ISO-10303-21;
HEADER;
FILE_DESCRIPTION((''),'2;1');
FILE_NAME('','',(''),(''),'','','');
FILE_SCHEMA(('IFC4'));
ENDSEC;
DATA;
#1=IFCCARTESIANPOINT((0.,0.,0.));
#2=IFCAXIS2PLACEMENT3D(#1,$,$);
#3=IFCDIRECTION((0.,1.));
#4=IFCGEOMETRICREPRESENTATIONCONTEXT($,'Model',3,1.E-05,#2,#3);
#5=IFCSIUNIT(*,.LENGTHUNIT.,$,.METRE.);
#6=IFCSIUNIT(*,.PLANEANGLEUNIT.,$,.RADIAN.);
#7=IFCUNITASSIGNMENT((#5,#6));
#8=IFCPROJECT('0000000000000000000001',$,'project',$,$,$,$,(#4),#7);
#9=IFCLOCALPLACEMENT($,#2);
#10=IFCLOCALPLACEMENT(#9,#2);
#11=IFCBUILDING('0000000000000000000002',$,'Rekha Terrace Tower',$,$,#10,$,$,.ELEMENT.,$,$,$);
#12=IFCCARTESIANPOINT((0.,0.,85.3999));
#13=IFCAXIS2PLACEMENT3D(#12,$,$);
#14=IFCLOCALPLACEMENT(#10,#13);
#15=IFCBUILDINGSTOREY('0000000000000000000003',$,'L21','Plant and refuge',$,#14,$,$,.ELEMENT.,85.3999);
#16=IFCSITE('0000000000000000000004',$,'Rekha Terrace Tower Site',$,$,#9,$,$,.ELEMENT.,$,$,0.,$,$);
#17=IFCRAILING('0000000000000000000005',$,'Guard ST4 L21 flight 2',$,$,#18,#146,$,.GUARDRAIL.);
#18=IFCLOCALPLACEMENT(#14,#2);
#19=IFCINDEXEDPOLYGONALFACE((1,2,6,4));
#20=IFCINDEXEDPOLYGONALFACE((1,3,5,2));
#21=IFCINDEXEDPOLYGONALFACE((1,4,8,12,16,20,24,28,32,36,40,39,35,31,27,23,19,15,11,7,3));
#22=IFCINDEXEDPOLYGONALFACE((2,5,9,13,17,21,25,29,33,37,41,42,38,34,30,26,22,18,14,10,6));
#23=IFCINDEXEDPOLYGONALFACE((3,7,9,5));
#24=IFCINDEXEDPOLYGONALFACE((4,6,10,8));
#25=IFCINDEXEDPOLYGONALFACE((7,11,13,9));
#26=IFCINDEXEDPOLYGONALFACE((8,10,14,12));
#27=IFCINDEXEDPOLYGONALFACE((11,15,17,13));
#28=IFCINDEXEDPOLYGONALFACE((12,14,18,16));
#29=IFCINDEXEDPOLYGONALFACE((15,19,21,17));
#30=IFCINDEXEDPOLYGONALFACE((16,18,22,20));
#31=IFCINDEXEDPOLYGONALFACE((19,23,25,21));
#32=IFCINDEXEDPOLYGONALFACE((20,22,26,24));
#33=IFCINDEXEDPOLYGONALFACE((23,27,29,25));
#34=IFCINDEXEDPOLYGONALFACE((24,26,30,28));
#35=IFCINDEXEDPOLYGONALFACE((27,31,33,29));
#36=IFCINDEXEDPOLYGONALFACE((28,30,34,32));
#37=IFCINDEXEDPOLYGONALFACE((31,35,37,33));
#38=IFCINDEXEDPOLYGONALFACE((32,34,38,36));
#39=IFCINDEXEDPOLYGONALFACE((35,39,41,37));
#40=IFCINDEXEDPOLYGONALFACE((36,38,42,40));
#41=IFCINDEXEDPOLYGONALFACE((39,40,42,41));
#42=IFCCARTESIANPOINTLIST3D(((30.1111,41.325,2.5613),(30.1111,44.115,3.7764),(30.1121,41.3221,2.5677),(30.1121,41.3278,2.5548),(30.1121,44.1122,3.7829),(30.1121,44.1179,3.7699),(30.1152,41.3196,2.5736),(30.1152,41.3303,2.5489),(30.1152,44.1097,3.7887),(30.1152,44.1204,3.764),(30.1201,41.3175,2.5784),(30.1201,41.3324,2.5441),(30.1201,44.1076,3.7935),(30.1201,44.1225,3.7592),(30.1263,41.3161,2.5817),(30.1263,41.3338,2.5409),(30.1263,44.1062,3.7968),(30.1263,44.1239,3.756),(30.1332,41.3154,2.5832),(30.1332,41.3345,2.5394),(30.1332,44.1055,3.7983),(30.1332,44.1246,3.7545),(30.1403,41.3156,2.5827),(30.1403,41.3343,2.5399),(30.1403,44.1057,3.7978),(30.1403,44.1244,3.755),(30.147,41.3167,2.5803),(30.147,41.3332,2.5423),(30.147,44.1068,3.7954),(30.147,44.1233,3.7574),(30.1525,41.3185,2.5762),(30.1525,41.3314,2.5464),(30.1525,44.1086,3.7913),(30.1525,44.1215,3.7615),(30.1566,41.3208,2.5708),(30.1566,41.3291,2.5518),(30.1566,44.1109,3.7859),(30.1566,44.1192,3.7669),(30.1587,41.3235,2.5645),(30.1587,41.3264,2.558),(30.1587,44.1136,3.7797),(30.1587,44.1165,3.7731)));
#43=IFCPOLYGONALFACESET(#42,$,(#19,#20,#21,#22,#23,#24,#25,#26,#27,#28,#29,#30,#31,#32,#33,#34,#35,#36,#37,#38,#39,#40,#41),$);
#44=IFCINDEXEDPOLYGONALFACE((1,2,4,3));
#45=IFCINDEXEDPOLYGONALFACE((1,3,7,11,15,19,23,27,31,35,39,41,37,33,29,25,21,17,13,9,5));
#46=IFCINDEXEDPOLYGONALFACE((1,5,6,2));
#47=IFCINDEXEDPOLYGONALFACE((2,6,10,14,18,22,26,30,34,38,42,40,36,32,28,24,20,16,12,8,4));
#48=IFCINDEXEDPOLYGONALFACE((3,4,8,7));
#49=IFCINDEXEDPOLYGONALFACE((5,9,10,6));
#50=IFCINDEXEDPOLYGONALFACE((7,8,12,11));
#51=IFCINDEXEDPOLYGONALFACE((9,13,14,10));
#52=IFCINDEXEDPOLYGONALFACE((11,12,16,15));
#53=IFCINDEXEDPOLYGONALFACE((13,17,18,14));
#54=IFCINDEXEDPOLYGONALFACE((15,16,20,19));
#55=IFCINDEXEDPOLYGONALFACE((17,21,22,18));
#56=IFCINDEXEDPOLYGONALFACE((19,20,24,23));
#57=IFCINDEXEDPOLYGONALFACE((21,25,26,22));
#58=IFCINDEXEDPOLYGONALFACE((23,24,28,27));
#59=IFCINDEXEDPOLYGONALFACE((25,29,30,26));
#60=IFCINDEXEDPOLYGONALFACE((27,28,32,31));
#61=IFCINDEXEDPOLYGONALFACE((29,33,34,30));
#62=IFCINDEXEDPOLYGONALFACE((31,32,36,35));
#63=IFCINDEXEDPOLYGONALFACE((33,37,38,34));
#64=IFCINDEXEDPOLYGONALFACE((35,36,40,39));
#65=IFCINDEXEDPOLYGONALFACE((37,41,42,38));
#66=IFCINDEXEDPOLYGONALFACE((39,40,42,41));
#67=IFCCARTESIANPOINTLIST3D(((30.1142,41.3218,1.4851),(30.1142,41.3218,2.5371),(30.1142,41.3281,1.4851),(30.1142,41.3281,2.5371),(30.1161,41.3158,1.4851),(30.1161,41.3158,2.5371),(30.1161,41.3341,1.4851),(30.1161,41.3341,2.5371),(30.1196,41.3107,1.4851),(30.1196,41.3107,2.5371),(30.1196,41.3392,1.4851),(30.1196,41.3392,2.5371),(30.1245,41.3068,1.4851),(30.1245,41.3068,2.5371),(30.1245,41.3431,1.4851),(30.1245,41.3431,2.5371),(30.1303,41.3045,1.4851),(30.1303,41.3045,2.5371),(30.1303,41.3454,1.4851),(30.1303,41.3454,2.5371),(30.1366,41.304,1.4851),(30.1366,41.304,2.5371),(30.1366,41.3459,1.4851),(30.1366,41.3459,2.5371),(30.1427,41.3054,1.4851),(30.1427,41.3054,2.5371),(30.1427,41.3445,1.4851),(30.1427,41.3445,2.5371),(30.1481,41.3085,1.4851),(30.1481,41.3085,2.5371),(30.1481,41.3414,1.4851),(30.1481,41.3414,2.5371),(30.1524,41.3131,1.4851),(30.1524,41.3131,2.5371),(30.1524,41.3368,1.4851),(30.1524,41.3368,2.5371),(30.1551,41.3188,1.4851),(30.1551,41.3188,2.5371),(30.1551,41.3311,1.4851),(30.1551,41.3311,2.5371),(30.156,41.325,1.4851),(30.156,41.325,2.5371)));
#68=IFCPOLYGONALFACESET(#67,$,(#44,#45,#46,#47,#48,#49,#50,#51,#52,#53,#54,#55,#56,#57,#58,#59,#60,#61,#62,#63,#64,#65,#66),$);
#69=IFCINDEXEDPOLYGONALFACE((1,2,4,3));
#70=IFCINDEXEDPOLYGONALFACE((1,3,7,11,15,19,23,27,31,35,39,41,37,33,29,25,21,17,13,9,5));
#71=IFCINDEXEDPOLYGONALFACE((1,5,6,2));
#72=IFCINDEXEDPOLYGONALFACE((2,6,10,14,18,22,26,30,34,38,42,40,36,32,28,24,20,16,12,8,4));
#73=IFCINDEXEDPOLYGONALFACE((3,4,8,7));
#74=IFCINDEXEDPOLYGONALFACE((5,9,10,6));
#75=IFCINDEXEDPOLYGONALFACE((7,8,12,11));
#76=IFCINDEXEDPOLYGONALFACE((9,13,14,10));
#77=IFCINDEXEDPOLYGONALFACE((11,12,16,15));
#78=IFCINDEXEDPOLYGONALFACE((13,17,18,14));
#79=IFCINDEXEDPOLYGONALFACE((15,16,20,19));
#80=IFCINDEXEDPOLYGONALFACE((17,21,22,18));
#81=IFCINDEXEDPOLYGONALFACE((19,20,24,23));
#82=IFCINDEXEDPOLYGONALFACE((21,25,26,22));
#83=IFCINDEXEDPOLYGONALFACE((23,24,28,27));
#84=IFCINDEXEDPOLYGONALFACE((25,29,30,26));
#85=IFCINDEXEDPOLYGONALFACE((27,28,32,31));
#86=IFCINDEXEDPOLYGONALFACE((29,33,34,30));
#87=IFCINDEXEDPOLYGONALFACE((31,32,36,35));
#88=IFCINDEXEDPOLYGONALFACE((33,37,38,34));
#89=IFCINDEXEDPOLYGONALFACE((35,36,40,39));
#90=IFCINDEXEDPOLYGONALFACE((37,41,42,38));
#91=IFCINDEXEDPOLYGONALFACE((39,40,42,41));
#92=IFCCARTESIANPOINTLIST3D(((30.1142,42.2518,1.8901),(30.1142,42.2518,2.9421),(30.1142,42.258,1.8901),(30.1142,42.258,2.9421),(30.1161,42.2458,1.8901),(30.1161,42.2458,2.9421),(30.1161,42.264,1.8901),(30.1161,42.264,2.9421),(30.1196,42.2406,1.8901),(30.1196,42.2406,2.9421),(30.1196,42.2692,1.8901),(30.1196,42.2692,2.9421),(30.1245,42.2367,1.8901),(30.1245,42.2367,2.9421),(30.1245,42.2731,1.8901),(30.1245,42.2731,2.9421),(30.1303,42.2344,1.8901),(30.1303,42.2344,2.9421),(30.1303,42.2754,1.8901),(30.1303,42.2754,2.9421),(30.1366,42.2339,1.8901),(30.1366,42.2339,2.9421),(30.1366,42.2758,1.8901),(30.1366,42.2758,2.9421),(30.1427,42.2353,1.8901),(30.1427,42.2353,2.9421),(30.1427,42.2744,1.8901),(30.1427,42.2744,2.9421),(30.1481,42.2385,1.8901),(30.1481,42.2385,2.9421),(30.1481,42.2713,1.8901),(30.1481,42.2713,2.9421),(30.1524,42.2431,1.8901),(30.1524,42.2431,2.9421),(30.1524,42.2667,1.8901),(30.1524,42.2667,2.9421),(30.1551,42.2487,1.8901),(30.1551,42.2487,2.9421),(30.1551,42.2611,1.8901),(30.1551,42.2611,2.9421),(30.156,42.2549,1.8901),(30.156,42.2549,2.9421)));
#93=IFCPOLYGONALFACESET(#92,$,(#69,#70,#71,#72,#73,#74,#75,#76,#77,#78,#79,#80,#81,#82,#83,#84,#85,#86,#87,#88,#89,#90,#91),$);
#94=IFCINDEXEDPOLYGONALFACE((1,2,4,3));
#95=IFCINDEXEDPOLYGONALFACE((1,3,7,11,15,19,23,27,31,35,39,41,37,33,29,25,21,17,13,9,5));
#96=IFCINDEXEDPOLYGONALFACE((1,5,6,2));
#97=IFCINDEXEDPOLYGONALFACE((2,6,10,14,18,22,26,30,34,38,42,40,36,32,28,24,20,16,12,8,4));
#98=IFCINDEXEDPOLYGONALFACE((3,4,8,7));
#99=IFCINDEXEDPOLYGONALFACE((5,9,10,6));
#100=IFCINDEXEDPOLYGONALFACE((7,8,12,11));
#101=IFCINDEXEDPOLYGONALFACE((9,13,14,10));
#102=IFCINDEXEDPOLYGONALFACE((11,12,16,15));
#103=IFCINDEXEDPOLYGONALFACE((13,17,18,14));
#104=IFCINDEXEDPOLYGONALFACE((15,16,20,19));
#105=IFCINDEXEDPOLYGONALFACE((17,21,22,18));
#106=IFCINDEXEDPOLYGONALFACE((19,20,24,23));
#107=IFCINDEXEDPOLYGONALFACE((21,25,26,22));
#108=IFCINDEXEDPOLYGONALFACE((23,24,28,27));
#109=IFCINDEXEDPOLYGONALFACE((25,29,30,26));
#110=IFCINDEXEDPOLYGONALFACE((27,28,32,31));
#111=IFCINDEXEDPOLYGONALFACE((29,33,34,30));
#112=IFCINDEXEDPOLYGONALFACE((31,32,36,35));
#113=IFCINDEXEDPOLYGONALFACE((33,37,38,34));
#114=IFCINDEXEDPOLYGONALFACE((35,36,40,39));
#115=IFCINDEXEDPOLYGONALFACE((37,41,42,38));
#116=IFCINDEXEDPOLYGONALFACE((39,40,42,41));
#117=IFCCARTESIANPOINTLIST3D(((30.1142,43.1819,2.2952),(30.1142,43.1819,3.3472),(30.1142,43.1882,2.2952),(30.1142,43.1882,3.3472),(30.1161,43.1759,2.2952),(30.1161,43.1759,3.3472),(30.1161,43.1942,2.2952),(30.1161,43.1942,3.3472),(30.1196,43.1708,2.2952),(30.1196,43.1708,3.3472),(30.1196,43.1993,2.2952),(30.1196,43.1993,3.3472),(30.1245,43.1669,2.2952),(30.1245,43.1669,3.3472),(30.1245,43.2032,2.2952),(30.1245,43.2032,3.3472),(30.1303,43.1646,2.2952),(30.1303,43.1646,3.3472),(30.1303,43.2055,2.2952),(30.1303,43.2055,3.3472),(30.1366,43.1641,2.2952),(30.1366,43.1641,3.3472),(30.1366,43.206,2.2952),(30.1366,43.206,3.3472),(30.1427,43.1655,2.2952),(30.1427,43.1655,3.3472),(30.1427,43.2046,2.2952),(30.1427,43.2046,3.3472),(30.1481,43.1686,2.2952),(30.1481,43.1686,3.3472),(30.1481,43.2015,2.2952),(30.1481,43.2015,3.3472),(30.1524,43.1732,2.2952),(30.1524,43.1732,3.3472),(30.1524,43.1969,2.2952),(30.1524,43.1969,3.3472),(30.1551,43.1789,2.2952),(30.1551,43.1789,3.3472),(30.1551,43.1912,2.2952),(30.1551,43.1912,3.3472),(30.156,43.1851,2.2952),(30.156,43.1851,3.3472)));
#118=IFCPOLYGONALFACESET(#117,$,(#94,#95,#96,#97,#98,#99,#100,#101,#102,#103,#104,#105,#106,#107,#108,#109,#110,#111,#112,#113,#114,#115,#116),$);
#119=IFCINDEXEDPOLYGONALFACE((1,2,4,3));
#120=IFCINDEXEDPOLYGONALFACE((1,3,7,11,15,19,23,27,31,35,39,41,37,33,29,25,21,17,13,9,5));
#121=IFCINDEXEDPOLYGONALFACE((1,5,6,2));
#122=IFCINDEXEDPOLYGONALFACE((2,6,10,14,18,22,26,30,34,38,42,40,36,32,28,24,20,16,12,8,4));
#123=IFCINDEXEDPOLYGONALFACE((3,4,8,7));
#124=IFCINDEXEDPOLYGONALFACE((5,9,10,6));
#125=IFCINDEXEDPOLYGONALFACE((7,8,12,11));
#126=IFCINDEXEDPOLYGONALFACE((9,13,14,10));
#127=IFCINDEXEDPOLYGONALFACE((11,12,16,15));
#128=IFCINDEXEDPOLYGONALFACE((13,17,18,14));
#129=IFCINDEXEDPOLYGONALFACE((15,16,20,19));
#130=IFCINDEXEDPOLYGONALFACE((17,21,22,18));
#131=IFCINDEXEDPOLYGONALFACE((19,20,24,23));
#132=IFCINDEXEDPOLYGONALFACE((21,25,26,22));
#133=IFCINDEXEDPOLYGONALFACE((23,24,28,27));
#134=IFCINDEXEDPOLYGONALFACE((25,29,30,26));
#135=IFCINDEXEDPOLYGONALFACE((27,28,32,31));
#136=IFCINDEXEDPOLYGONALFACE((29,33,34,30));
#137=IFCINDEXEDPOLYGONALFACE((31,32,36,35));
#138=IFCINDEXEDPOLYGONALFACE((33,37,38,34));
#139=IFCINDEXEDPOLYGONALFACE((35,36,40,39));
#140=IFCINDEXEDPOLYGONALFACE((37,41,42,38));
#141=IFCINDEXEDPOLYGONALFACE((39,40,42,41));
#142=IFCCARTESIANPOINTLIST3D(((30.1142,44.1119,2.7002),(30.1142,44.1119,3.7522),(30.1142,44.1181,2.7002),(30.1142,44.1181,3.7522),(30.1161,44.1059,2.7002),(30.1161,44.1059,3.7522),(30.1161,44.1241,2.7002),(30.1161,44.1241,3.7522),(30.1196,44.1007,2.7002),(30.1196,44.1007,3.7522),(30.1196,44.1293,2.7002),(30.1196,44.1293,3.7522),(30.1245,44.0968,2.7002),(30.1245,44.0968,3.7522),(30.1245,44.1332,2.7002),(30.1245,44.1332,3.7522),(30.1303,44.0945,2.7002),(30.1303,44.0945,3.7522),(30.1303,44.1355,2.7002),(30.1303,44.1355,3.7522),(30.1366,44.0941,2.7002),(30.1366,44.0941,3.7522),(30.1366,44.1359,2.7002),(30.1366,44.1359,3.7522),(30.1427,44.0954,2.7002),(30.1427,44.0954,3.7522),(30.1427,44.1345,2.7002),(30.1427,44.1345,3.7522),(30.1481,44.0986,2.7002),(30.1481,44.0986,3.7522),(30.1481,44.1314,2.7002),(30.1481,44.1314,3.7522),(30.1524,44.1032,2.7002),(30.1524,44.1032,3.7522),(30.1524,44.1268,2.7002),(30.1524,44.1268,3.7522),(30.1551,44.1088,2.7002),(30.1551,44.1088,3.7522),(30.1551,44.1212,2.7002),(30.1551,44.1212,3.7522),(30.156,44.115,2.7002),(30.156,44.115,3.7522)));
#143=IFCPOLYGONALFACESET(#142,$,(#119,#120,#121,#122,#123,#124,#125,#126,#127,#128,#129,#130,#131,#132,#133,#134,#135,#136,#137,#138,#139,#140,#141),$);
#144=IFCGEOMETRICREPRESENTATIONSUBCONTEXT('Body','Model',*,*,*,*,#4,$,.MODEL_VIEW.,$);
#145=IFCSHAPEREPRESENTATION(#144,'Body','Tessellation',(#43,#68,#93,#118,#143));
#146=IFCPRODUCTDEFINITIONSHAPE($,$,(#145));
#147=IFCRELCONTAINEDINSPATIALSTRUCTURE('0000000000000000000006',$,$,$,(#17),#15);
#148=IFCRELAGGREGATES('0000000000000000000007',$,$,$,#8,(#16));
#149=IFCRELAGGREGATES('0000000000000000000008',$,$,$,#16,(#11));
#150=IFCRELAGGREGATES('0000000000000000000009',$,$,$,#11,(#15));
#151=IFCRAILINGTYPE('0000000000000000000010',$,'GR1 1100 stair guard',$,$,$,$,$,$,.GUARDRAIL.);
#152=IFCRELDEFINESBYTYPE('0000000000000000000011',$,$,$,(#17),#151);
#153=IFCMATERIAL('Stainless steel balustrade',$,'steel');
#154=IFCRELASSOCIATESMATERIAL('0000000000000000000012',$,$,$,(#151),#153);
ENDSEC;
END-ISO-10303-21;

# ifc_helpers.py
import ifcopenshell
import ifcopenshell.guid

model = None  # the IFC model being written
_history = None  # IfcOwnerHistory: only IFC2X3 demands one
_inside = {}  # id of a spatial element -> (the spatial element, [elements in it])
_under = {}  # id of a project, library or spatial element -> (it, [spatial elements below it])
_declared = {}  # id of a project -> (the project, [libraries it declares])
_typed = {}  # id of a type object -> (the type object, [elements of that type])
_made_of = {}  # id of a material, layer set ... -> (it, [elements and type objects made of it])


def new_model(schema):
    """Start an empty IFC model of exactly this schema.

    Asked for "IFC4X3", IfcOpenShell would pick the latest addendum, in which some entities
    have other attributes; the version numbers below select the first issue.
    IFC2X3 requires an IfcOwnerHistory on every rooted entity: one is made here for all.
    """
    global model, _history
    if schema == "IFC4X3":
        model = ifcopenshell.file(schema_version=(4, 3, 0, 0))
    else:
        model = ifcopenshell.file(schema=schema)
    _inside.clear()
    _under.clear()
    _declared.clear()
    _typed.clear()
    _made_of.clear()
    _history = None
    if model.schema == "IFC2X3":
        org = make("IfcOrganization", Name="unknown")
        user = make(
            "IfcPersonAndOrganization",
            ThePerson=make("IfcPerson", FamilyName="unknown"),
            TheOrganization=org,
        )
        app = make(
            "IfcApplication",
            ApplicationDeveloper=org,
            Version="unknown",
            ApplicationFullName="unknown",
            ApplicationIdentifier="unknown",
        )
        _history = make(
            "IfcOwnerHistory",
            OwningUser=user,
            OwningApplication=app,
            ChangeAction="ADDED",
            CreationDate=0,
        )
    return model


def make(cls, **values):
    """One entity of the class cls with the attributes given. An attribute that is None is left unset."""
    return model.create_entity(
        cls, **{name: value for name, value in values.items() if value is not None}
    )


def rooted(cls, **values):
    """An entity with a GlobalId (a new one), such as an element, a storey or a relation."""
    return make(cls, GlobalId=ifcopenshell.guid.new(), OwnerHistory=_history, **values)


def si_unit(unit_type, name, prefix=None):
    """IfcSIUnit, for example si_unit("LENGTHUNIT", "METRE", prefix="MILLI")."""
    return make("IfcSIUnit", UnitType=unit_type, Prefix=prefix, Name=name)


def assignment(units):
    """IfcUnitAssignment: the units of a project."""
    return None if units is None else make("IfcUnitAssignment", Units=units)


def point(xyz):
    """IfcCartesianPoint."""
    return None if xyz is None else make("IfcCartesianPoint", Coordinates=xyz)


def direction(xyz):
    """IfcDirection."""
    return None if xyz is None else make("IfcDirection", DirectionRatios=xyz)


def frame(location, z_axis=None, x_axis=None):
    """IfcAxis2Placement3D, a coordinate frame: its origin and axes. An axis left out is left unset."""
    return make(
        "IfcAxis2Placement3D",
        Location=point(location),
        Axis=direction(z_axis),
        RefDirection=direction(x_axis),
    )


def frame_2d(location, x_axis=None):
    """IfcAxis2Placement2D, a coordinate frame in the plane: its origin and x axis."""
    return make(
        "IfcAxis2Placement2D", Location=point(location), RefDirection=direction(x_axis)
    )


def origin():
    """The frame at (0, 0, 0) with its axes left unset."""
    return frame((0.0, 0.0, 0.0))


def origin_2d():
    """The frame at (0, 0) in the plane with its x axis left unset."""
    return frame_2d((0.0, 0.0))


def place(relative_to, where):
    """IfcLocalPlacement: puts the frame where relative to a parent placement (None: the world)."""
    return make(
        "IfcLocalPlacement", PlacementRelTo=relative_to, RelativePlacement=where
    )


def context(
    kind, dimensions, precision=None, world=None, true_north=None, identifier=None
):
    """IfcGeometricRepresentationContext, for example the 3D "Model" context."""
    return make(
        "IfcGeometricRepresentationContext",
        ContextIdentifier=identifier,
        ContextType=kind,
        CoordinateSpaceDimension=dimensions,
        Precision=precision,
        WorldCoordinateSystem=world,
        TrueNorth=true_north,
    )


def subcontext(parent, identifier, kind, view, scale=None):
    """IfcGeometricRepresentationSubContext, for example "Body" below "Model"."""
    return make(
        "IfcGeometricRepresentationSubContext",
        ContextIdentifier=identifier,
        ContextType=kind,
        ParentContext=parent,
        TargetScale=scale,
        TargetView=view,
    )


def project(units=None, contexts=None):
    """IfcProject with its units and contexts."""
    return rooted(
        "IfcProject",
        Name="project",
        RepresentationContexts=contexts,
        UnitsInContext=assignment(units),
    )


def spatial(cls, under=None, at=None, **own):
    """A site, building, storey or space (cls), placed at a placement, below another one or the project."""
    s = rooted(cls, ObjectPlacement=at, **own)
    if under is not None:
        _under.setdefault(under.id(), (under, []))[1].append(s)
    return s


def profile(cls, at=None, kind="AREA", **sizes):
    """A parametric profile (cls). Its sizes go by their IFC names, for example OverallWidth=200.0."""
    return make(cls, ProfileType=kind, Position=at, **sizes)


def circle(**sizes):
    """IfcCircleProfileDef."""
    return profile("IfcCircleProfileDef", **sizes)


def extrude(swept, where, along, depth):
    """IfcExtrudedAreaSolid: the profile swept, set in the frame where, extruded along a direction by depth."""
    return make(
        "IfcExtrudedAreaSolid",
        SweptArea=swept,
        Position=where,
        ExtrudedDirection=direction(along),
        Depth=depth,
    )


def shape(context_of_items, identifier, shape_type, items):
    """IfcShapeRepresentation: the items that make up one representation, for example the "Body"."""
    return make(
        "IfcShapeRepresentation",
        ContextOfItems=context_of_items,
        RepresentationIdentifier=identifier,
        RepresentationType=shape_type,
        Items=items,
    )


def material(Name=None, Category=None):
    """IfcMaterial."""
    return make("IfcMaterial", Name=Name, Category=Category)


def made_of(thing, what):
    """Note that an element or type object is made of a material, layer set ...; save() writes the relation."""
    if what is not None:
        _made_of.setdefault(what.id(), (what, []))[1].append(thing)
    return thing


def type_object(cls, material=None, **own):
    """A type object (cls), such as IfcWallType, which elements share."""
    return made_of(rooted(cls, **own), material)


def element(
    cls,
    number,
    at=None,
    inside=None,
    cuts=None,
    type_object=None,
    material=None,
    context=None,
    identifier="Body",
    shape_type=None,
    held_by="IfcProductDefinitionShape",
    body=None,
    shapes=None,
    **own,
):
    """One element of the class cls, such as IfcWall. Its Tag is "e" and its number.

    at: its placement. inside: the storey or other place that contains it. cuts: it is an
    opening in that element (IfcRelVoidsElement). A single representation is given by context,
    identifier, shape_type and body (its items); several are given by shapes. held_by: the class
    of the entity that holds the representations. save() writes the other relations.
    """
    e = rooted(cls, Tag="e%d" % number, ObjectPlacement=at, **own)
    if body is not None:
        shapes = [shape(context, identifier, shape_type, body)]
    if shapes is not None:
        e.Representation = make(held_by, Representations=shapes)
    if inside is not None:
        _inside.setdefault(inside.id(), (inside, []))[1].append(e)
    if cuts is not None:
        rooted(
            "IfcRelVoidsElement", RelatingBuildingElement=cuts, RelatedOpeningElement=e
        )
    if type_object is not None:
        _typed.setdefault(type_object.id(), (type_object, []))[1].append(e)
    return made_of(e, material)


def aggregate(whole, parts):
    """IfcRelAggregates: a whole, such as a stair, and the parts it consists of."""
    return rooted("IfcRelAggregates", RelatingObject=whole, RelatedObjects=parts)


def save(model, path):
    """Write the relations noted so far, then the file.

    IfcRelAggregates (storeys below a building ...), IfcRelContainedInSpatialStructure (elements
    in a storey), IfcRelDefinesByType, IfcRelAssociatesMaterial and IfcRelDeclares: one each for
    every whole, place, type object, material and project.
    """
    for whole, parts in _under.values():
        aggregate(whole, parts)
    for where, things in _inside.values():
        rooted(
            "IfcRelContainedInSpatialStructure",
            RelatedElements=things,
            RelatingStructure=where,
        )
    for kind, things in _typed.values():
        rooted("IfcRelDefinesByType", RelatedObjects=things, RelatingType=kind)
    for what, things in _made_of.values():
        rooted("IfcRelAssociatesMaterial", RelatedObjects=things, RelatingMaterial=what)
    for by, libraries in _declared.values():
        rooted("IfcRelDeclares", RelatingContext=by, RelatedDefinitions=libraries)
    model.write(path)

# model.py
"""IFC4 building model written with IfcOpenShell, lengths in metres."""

from ifc_helpers import new_model, si_unit, direction, frame, origin, origin_2d, place, context, subcontext, project, spatial, circle, extrude, material, type_object, element, save


model = new_model("IFC4")

# Units and contexts
model_context = context("Model", 3, precision=1e-05, world=origin(), true_north=direction((0.0, 1.0)))
body_context = subcontext(model_context, "Body", "Model", "MODEL_VIEW")
ifc_project = project(units=[si_unit("LENGTHUNIT", "METRE"), si_unit("PLANEANGLEUNIT", "RADIAN")], contexts=[model_context])

# Site, building, storey
site_placement = place(None, origin())
site = spatial("IfcSite", under=ifc_project, at=site_placement, Name="Rekha Terrace Tower Site", CompositionType="ELEMENT", RefElevation=0.0)
building_placement = place(site_placement, origin())
building = spatial("IfcBuilding", under=site, at=building_placement, Name="Rekha Terrace Tower", CompositionType="ELEMENT")
storey_placement = place(building_placement, frame((0.0, 0.0, 85.3999)))
storey = spatial("IfcBuildingStorey", under=building, at=storey_placement, Name="L21", Description="Plant and refuge", CompositionType="ELEMENT", Elevation=85.3999)

# Railing
ifc_material_1 = material(Name="Stainless steel balustrade", Category="steel")
railing_type_1 = type_object("IfcRailingType", Name="GR1 1100 stair guard", PredefinedType="GUARDRAIL", material=ifc_material_1)
railing_1_placement = place(storey_placement, frame((30.135, 41.325, 1.4851)))
element("IfcRailing", 1, at=railing_1_placement, inside=storey, type_object=railing_type_1, Name="Guard ST4 L21 flight 2", PredefinedType="GUARDRAIL", context=body_context, shape_type="SweptSolid", body=[
    extrude(circle(Radius=0.0239, at=origin_2d()), frame((0.0, 0.0, 1.0762), z_axis=(0.0, 0.916826, 0.399286), x_axis=(-1.0, 0.0, 0.0)), (0.0, 0.0, 1.0), 3.0432),
    extrude(circle(Radius=0.021, at=origin_2d()), origin(), (0.0, 0.0, 1.0), 1.052),
    extrude(circle(Radius=0.021, at=origin_2d()), frame((0.0, 0.9299, 0.405)), (0.0, 0.0, 1.0), 1.052),
    extrude(circle(Radius=0.021, at=origin_2d()), frame((0.0, 1.8601, 0.8101)), (0.0, 0.0, 1.0), 1.052),
    extrude(circle(Radius=0.021, at=origin_2d()), frame((0.0, 2.79, 1.2151)), (0.0, 0.0, 1.0), 1.052),
])

save(model, "model.ifc")
